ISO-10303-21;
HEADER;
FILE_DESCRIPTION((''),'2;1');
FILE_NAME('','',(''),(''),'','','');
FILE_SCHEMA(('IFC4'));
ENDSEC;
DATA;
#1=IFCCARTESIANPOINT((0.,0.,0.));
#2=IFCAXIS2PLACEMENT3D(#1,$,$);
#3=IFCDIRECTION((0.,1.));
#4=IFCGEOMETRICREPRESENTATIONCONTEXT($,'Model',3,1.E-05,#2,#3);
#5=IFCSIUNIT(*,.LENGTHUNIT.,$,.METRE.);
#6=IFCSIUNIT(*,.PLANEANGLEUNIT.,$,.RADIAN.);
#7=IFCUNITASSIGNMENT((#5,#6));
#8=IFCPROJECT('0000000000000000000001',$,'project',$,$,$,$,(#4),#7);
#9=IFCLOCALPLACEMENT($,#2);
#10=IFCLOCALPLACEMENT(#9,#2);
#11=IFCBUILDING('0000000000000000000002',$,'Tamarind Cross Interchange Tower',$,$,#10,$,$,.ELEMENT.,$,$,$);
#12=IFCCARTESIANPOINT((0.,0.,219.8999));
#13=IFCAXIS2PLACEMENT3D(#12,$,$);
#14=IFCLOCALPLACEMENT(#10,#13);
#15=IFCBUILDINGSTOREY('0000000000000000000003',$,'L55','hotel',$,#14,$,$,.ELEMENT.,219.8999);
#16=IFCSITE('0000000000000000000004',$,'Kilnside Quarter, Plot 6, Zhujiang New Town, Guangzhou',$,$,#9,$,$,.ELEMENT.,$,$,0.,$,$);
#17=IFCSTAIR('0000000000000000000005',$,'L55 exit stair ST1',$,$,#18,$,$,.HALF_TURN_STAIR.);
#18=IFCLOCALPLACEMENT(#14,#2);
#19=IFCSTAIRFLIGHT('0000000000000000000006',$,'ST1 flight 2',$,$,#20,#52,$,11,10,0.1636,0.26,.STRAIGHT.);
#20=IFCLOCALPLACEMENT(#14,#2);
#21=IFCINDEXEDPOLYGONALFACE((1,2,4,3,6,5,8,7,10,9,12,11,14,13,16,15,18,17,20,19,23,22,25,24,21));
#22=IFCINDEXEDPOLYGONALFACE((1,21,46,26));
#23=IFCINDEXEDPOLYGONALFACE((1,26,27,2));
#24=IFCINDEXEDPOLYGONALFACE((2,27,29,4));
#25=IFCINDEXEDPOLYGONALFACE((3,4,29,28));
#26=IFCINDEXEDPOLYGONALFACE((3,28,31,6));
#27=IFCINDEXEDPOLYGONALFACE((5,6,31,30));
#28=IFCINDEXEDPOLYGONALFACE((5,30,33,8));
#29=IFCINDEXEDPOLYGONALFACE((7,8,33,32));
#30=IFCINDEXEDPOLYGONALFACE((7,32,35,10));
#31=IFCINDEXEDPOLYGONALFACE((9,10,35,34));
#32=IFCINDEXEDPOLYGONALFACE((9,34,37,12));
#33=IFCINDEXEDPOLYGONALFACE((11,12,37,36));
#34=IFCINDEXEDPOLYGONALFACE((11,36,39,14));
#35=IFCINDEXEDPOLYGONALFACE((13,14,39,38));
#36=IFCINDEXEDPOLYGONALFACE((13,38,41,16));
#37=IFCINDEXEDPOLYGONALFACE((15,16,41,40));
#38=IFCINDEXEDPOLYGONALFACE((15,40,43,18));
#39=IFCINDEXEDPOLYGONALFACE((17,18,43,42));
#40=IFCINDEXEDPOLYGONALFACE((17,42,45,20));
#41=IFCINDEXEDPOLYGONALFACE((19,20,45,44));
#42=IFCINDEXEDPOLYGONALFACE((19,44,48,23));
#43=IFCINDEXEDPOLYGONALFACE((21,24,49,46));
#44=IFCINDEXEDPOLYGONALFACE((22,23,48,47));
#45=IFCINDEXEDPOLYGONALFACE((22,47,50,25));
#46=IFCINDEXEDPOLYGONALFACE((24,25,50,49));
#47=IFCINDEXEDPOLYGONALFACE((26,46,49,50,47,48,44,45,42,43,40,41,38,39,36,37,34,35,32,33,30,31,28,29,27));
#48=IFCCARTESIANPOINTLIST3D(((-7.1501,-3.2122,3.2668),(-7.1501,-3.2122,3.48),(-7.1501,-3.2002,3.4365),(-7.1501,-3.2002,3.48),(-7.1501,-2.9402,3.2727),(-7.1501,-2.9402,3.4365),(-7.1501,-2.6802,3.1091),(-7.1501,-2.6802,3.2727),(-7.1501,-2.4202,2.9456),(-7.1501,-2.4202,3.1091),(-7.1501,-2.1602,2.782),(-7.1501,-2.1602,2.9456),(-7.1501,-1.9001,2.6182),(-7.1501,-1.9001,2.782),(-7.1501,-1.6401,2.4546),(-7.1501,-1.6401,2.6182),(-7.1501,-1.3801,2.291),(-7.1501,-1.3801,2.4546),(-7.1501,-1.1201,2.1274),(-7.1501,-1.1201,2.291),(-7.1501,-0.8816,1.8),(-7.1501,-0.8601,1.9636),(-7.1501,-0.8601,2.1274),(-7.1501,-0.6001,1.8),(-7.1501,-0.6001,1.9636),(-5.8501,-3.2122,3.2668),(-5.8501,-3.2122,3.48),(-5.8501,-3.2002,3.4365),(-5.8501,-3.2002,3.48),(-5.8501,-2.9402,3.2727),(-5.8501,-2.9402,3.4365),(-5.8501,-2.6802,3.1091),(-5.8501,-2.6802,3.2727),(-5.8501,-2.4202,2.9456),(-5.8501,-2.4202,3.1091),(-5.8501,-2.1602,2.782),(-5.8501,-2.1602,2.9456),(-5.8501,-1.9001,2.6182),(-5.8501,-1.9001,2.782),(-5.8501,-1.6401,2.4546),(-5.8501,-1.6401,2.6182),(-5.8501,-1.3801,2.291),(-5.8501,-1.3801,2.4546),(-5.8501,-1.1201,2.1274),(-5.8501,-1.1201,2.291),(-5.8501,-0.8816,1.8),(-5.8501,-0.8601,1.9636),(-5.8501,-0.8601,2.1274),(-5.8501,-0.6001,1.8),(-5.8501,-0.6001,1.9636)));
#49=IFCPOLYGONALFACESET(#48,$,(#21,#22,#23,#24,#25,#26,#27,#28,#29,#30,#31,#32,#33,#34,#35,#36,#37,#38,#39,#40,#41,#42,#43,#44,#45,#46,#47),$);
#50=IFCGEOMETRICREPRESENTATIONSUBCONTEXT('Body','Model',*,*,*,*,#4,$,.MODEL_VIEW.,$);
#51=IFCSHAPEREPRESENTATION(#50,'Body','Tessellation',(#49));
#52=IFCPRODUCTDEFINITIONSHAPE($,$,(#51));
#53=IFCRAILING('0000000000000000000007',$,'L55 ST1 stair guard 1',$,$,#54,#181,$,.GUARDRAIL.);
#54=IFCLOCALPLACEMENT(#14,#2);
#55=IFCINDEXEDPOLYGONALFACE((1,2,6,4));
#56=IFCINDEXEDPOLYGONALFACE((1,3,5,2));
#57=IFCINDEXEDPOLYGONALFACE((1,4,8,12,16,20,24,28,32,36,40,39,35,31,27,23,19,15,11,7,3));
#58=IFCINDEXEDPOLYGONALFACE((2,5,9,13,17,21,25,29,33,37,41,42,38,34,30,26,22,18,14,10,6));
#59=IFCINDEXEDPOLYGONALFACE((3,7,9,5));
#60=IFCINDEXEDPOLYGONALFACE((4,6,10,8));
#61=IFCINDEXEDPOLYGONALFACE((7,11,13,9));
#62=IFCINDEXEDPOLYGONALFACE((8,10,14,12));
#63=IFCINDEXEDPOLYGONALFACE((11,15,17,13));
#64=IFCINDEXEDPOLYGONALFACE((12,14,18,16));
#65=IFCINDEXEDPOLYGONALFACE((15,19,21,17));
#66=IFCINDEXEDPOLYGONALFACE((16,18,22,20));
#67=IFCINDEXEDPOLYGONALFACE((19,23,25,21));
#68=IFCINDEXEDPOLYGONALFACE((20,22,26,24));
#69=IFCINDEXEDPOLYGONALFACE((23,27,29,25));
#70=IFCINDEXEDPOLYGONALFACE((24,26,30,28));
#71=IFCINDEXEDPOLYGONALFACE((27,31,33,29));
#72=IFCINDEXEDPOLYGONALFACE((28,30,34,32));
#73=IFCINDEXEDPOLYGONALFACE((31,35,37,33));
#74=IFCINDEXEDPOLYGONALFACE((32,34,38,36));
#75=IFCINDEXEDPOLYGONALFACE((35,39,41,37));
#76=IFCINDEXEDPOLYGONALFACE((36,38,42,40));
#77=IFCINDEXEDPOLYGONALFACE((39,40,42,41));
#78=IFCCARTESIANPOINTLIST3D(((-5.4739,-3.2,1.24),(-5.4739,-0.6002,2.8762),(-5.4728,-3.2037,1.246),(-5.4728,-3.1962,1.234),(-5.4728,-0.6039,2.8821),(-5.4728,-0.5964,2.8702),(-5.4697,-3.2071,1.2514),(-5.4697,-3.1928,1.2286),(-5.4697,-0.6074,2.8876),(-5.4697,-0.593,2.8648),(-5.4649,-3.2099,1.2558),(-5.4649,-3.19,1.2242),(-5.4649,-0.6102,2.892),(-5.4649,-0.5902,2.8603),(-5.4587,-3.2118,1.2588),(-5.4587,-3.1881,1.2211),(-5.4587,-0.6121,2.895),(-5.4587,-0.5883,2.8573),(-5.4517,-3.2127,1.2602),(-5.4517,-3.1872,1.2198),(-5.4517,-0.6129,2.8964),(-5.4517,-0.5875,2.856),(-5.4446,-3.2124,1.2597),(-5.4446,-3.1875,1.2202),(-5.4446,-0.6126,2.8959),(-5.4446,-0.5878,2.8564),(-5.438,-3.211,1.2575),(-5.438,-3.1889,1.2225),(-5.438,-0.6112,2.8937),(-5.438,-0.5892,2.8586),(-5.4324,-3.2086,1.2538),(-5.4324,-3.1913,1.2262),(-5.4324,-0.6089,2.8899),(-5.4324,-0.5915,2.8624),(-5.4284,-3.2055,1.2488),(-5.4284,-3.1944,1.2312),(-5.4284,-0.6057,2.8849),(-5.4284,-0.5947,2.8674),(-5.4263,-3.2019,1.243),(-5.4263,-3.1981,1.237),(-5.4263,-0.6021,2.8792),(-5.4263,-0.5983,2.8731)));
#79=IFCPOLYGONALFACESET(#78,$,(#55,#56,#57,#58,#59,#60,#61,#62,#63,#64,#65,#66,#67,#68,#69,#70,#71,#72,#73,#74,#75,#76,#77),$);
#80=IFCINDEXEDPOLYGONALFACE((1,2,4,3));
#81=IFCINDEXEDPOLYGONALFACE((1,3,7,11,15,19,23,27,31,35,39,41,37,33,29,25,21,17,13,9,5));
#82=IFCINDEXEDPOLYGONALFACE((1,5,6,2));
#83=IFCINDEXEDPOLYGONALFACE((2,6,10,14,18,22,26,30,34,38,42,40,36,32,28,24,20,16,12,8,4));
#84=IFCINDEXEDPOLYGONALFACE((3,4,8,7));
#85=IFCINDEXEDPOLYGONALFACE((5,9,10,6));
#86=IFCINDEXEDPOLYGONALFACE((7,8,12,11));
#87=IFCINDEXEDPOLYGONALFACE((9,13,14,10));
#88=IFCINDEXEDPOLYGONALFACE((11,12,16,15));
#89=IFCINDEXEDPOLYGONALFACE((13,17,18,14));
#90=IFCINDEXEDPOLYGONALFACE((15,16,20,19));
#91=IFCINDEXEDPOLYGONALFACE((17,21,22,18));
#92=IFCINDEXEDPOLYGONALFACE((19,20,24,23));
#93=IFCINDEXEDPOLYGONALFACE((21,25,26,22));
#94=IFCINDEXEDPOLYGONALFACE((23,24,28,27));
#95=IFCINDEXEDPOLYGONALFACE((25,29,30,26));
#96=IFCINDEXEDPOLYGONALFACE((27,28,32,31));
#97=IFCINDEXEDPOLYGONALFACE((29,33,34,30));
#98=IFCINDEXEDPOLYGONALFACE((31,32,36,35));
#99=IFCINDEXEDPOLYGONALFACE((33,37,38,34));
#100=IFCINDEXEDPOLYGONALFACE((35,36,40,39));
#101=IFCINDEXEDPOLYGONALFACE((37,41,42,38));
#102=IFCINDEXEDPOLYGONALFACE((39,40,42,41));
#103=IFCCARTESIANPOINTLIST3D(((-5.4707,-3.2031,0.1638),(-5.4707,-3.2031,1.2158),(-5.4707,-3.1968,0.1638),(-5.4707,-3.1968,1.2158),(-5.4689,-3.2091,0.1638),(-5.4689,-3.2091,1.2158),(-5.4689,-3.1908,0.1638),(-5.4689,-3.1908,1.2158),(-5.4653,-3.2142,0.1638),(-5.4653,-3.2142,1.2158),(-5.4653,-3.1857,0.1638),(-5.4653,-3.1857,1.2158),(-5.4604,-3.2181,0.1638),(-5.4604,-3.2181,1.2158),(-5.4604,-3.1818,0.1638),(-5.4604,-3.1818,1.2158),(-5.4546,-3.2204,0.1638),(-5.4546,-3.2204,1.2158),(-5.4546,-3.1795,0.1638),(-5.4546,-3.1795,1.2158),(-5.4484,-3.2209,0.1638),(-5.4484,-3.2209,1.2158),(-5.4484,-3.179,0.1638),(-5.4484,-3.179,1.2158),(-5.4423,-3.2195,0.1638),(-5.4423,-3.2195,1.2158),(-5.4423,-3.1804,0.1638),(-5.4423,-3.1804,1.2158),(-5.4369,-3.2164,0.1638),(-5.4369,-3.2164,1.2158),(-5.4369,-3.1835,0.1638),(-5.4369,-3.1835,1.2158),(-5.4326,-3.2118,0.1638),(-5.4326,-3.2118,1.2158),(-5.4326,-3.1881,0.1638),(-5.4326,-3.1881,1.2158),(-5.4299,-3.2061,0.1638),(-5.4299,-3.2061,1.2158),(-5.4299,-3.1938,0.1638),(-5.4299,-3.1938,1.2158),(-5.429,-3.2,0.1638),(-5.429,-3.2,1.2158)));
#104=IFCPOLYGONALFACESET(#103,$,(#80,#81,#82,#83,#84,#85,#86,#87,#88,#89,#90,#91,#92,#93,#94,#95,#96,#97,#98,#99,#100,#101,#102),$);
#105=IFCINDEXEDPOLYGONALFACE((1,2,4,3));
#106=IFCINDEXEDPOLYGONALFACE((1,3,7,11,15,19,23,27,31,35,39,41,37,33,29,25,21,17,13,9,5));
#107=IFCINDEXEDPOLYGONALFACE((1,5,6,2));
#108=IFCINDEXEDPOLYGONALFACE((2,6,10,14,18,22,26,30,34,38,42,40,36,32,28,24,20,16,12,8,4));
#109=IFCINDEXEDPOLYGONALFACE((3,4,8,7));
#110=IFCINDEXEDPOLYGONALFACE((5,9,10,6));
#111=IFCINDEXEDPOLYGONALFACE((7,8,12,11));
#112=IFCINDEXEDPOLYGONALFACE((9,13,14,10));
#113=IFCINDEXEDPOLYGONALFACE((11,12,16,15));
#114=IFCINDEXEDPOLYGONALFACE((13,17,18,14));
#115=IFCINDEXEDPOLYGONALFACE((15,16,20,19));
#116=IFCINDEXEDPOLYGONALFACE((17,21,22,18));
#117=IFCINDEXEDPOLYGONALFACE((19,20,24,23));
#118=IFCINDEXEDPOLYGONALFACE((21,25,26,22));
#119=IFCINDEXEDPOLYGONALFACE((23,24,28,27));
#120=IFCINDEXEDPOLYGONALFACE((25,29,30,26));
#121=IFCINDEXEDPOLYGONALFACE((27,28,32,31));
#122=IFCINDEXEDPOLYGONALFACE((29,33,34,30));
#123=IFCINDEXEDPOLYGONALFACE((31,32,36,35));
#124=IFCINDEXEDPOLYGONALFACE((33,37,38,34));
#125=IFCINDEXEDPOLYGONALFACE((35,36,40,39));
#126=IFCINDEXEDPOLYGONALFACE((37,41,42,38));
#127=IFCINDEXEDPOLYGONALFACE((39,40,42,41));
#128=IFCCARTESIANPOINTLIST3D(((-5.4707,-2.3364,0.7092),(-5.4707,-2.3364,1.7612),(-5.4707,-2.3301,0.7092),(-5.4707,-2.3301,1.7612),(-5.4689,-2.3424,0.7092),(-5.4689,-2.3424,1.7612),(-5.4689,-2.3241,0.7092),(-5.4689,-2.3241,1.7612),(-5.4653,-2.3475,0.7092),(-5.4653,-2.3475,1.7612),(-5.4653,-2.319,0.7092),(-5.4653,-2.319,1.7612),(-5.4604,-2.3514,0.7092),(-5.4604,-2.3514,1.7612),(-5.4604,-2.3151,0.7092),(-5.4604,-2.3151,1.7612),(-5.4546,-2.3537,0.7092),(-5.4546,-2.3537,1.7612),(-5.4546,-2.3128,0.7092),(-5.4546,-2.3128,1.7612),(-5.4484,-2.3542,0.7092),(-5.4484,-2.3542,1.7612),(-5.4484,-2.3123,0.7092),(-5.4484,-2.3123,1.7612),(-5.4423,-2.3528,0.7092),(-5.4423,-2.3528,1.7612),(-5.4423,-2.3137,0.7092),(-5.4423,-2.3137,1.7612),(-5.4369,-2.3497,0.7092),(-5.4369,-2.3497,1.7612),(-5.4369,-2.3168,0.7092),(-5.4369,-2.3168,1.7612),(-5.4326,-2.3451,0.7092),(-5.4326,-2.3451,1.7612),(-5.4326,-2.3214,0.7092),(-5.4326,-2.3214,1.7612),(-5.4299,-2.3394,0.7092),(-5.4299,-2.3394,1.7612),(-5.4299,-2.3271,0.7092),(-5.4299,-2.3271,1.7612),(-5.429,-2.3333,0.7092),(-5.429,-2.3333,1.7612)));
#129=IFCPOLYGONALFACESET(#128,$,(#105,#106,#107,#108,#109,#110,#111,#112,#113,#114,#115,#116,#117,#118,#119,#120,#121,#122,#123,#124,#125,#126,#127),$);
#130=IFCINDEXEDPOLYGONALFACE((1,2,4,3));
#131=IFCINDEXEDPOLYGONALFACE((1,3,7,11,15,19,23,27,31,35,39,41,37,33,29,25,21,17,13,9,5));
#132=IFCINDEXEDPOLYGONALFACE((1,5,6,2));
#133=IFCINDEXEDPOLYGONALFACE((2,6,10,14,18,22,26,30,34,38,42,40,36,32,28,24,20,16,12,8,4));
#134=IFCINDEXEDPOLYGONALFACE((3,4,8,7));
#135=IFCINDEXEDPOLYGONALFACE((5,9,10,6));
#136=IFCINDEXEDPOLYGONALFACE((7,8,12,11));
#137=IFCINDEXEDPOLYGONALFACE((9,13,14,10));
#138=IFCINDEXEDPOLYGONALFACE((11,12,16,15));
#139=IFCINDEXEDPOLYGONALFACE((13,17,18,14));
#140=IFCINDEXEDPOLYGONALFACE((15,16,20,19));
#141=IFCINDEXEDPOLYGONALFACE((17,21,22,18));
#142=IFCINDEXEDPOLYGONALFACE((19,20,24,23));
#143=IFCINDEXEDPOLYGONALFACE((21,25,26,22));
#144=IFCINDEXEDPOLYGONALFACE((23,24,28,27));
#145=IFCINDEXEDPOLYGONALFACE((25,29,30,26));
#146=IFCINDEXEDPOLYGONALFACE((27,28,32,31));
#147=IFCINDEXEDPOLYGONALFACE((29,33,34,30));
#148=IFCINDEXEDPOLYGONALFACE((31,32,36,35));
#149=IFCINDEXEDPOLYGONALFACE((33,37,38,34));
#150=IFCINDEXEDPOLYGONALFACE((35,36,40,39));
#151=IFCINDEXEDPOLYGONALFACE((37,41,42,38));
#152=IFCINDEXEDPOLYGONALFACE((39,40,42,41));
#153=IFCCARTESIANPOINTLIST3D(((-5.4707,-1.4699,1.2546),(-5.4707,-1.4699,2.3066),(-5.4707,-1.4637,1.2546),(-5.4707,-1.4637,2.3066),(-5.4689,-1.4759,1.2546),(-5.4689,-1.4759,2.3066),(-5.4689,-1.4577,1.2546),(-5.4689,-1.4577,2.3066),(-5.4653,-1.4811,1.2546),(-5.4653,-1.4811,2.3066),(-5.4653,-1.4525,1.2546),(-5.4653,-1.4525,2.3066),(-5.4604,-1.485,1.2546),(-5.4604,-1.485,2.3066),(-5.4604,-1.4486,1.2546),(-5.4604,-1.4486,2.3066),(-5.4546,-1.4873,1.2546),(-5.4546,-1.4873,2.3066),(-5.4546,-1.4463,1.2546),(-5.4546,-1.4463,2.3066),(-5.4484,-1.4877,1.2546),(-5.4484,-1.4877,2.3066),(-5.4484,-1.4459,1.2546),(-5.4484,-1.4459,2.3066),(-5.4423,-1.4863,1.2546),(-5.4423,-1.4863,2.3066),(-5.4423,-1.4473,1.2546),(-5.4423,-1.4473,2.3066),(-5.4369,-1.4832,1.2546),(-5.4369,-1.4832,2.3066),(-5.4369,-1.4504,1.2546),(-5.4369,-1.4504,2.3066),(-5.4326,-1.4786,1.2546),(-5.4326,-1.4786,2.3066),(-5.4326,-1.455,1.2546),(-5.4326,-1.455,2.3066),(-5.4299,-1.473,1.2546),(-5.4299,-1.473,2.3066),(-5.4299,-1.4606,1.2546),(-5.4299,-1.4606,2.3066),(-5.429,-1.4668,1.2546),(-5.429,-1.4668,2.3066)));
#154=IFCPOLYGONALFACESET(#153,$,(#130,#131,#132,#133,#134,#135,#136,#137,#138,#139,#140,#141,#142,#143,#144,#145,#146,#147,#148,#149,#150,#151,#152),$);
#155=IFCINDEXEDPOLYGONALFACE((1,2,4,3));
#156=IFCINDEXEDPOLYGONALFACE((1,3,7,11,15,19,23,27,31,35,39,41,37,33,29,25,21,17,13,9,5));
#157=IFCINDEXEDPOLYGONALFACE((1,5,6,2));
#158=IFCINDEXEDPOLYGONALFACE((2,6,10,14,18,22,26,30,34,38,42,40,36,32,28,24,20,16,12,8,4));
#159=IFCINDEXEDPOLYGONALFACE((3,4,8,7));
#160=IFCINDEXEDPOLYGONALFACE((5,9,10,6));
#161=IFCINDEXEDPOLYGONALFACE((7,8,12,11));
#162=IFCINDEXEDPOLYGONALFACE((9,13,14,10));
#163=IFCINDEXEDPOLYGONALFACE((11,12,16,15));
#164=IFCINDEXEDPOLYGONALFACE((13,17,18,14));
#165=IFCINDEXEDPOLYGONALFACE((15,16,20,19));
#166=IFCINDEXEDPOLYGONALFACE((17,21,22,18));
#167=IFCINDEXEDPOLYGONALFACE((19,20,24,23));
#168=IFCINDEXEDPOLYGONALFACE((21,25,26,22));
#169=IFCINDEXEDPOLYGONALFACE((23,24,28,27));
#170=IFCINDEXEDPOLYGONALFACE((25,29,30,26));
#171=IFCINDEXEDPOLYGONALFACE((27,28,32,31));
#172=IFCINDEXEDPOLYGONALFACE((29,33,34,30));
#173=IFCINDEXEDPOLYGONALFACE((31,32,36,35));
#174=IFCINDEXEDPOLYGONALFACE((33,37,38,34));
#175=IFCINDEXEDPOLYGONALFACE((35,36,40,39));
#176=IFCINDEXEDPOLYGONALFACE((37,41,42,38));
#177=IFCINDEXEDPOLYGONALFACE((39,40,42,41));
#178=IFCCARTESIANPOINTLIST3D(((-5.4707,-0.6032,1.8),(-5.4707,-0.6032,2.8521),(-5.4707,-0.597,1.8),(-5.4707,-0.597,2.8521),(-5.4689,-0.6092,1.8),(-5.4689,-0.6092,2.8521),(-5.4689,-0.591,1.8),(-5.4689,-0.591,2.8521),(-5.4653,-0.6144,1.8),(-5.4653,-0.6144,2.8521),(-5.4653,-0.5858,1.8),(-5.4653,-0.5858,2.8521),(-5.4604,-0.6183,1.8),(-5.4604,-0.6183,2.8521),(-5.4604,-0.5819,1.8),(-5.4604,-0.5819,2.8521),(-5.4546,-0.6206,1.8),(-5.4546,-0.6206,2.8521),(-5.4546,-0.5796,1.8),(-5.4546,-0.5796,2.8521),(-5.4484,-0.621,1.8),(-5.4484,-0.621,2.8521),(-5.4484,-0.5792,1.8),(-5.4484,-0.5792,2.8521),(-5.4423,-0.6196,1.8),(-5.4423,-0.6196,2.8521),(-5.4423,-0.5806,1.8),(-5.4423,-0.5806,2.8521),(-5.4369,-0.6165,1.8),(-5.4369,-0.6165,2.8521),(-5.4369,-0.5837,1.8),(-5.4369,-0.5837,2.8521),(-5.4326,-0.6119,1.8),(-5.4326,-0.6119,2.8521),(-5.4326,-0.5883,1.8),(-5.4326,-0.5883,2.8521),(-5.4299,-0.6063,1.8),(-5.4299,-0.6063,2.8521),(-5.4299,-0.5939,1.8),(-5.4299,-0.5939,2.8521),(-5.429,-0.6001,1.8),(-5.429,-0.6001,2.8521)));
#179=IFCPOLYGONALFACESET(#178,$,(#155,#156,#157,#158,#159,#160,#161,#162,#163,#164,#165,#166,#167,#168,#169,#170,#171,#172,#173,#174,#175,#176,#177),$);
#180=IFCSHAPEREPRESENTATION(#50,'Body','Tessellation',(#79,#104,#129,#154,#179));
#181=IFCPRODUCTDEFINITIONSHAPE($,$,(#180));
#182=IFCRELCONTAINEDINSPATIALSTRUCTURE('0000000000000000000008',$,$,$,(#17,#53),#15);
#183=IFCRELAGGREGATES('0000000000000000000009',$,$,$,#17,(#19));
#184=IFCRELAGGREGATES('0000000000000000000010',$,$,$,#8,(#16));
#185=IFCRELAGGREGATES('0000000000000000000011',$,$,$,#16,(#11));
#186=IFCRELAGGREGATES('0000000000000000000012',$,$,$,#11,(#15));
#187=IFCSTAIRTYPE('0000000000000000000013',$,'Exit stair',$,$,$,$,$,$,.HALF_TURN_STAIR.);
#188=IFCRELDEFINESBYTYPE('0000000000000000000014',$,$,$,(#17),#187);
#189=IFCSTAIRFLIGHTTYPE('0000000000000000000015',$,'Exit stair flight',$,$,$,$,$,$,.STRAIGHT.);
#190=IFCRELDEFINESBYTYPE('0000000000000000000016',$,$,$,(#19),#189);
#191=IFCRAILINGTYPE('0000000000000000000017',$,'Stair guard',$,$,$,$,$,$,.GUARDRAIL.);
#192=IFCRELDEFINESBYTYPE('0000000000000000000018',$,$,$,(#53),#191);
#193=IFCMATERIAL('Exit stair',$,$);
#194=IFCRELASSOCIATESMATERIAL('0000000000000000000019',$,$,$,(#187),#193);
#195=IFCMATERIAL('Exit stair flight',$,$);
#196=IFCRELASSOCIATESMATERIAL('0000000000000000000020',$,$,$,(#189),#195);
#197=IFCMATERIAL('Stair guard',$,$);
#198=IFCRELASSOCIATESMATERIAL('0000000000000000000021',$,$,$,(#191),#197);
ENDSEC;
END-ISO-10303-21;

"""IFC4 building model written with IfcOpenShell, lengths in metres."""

from ifc_helpers import new_model, si_unit, direction, frame, origin, origin_2d, place, context, subcontext, project, spatial, polyline, circle, outline, extrude, material, type_object, element, aggregate, save


model = new_model("IFC4")

# Units and contexts
model_context = context("Model", 3, precision=1e-05, world=origin(), true_north=direction((0.0, 1.0)))
body_context = subcontext(model_context, "Body", "Model", "MODEL_VIEW")
ifc_project = project(units=[si_unit("LENGTHUNIT", "METRE"), si_unit("PLANEANGLEUNIT", "RADIAN")], contexts=[model_context])

# Site, building, storey
site_placement = place(None, origin())
site = spatial("IfcSite", under=ifc_project, at=site_placement, Name="Kilnside Quarter, Plot 6, Zhujiang New Town, Guangzhou", CompositionType="ELEMENT", RefElevation=0.0)
building_placement = place(site_placement, origin())
building = spatial("IfcBuilding", under=site, at=building_placement, Name="Tamarind Cross Interchange Tower", CompositionType="ELEMENT")
storey_placement = place(building_placement, frame((0.0, 0.0, 219.8999)))
storey = spatial("IfcBuildingStorey", under=building, at=storey_placement, Name="L55", Description="hotel", CompositionType="ELEMENT", Elevation=219.8999)

# Stair, stair flight
ifc_material_1 = material(Name="Exit stair")
stair_type = type_object("IfcStairType", Name="Exit stair", PredefinedType="HALF_TURN_STAIR", material=ifc_material_1)
stair_placement = place(storey_placement, origin())
stair = element("IfcStair", 1, at=stair_placement, inside=storey, type_object=stair_type, Name="L55 exit stair ST1", PredefinedType="HALF_TURN_STAIR")
ifc_material_2 = material(Name="Exit stair flight")
stair_flight_type = type_object("IfcStairFlightType", Name="Exit stair flight", PredefinedType="STRAIGHT", material=ifc_material_2)
stair_flight_1_placement = place(storey_placement, frame((-6.5, -0.6001, 1.8), z_axis=(0.0, 0.0, 1.0), x_axis=(0.0, -1.0, 0.0)))
stair_flight_1 = element("IfcStairFlight", 2, at=stair_flight_1_placement, type_object=stair_flight_type, Name="ST1 flight 2", NumberOfRisers=11, NumberOfTreads=10, PredefinedType="STRAIGHT", RiserHeight=0.1636, TreadLength=0.26, context=body_context, shape_type="SweptSolid", body=[
    extrude(outline(polyline([(0.0, 0.0), (0.0, 0.1636), (0.26, 0.1636), (0.26, 0.3274), (0.52, 0.3274), (0.52, 0.491), (0.78, 0.491), (0.78, 0.6545), (1.04, 0.6545), (1.04, 0.8181), (1.3, 0.8181), (1.3, 0.9819), (1.5601, 0.9819), (1.5601, 1.1455), (1.8201, 1.1455), (1.8201, 1.3091), (2.0801, 1.3091), (2.0801, 1.4727), (2.3401, 1.4727), (2.3401, 1.6365), (2.6001, 1.6365), (2.6001, 1.6799), (2.6121, 1.6799), (2.6121, 1.4668), (0.2815, 0.0), (0.0, 0.0)])), frame((0.0, 0.6499, 0.0), z_axis=(0.0, -1.0, 0.0), x_axis=(1.0, 0.0, 0.0)), (0.0, 0.0, 1.0), 1.3),
])
aggregate(stair, [stair_flight_1])

# Railing
ifc_material_3 = material(Name="Stair guard")
railing_type_1 = type_object("IfcRailingType", Name="Stair guard", PredefinedType="GUARDRAIL", material=ifc_material_3)
railing_1_placement = place(storey_placement, frame((-5.45, -3.2, 0.1638)))
element("IfcRailing", 3, at=railing_1_placement, inside=storey, type_object=railing_type_1, Name="L55 ST1 stair guard 1", PredefinedType="GUARDRAIL", context=body_context, shape_type="SweptSolid", body=[
    extrude(circle(Radius=0.0239, at=origin_2d()), frame((0.0, 0.0, 1.0762), z_axis=(0.0, 0.846338, 0.532647), x_axis=(-1.0, 0.0, 0.0)), (0.0, 0.0, 1.0), 3.0718),
    extrude(circle(Radius=0.021, at=origin_2d()), origin(), (0.0, 0.0, 1.0), 1.052),
    extrude(circle(Radius=0.021, at=origin_2d()), frame((0.0, 0.8667, 0.5454)), (0.0, 0.0, 1.0), 1.052),
    extrude(circle(Radius=0.021, at=origin_2d()), frame((0.0, 1.7332, 1.0908)), (0.0, 0.0, 1.0), 1.052),
    extrude(circle(Radius=0.021, at=origin_2d()), frame((0.0, 2.5999, 1.6362)), (0.0, 0.0, 1.0), 1.052),
])

save(model, "model.ifc")
